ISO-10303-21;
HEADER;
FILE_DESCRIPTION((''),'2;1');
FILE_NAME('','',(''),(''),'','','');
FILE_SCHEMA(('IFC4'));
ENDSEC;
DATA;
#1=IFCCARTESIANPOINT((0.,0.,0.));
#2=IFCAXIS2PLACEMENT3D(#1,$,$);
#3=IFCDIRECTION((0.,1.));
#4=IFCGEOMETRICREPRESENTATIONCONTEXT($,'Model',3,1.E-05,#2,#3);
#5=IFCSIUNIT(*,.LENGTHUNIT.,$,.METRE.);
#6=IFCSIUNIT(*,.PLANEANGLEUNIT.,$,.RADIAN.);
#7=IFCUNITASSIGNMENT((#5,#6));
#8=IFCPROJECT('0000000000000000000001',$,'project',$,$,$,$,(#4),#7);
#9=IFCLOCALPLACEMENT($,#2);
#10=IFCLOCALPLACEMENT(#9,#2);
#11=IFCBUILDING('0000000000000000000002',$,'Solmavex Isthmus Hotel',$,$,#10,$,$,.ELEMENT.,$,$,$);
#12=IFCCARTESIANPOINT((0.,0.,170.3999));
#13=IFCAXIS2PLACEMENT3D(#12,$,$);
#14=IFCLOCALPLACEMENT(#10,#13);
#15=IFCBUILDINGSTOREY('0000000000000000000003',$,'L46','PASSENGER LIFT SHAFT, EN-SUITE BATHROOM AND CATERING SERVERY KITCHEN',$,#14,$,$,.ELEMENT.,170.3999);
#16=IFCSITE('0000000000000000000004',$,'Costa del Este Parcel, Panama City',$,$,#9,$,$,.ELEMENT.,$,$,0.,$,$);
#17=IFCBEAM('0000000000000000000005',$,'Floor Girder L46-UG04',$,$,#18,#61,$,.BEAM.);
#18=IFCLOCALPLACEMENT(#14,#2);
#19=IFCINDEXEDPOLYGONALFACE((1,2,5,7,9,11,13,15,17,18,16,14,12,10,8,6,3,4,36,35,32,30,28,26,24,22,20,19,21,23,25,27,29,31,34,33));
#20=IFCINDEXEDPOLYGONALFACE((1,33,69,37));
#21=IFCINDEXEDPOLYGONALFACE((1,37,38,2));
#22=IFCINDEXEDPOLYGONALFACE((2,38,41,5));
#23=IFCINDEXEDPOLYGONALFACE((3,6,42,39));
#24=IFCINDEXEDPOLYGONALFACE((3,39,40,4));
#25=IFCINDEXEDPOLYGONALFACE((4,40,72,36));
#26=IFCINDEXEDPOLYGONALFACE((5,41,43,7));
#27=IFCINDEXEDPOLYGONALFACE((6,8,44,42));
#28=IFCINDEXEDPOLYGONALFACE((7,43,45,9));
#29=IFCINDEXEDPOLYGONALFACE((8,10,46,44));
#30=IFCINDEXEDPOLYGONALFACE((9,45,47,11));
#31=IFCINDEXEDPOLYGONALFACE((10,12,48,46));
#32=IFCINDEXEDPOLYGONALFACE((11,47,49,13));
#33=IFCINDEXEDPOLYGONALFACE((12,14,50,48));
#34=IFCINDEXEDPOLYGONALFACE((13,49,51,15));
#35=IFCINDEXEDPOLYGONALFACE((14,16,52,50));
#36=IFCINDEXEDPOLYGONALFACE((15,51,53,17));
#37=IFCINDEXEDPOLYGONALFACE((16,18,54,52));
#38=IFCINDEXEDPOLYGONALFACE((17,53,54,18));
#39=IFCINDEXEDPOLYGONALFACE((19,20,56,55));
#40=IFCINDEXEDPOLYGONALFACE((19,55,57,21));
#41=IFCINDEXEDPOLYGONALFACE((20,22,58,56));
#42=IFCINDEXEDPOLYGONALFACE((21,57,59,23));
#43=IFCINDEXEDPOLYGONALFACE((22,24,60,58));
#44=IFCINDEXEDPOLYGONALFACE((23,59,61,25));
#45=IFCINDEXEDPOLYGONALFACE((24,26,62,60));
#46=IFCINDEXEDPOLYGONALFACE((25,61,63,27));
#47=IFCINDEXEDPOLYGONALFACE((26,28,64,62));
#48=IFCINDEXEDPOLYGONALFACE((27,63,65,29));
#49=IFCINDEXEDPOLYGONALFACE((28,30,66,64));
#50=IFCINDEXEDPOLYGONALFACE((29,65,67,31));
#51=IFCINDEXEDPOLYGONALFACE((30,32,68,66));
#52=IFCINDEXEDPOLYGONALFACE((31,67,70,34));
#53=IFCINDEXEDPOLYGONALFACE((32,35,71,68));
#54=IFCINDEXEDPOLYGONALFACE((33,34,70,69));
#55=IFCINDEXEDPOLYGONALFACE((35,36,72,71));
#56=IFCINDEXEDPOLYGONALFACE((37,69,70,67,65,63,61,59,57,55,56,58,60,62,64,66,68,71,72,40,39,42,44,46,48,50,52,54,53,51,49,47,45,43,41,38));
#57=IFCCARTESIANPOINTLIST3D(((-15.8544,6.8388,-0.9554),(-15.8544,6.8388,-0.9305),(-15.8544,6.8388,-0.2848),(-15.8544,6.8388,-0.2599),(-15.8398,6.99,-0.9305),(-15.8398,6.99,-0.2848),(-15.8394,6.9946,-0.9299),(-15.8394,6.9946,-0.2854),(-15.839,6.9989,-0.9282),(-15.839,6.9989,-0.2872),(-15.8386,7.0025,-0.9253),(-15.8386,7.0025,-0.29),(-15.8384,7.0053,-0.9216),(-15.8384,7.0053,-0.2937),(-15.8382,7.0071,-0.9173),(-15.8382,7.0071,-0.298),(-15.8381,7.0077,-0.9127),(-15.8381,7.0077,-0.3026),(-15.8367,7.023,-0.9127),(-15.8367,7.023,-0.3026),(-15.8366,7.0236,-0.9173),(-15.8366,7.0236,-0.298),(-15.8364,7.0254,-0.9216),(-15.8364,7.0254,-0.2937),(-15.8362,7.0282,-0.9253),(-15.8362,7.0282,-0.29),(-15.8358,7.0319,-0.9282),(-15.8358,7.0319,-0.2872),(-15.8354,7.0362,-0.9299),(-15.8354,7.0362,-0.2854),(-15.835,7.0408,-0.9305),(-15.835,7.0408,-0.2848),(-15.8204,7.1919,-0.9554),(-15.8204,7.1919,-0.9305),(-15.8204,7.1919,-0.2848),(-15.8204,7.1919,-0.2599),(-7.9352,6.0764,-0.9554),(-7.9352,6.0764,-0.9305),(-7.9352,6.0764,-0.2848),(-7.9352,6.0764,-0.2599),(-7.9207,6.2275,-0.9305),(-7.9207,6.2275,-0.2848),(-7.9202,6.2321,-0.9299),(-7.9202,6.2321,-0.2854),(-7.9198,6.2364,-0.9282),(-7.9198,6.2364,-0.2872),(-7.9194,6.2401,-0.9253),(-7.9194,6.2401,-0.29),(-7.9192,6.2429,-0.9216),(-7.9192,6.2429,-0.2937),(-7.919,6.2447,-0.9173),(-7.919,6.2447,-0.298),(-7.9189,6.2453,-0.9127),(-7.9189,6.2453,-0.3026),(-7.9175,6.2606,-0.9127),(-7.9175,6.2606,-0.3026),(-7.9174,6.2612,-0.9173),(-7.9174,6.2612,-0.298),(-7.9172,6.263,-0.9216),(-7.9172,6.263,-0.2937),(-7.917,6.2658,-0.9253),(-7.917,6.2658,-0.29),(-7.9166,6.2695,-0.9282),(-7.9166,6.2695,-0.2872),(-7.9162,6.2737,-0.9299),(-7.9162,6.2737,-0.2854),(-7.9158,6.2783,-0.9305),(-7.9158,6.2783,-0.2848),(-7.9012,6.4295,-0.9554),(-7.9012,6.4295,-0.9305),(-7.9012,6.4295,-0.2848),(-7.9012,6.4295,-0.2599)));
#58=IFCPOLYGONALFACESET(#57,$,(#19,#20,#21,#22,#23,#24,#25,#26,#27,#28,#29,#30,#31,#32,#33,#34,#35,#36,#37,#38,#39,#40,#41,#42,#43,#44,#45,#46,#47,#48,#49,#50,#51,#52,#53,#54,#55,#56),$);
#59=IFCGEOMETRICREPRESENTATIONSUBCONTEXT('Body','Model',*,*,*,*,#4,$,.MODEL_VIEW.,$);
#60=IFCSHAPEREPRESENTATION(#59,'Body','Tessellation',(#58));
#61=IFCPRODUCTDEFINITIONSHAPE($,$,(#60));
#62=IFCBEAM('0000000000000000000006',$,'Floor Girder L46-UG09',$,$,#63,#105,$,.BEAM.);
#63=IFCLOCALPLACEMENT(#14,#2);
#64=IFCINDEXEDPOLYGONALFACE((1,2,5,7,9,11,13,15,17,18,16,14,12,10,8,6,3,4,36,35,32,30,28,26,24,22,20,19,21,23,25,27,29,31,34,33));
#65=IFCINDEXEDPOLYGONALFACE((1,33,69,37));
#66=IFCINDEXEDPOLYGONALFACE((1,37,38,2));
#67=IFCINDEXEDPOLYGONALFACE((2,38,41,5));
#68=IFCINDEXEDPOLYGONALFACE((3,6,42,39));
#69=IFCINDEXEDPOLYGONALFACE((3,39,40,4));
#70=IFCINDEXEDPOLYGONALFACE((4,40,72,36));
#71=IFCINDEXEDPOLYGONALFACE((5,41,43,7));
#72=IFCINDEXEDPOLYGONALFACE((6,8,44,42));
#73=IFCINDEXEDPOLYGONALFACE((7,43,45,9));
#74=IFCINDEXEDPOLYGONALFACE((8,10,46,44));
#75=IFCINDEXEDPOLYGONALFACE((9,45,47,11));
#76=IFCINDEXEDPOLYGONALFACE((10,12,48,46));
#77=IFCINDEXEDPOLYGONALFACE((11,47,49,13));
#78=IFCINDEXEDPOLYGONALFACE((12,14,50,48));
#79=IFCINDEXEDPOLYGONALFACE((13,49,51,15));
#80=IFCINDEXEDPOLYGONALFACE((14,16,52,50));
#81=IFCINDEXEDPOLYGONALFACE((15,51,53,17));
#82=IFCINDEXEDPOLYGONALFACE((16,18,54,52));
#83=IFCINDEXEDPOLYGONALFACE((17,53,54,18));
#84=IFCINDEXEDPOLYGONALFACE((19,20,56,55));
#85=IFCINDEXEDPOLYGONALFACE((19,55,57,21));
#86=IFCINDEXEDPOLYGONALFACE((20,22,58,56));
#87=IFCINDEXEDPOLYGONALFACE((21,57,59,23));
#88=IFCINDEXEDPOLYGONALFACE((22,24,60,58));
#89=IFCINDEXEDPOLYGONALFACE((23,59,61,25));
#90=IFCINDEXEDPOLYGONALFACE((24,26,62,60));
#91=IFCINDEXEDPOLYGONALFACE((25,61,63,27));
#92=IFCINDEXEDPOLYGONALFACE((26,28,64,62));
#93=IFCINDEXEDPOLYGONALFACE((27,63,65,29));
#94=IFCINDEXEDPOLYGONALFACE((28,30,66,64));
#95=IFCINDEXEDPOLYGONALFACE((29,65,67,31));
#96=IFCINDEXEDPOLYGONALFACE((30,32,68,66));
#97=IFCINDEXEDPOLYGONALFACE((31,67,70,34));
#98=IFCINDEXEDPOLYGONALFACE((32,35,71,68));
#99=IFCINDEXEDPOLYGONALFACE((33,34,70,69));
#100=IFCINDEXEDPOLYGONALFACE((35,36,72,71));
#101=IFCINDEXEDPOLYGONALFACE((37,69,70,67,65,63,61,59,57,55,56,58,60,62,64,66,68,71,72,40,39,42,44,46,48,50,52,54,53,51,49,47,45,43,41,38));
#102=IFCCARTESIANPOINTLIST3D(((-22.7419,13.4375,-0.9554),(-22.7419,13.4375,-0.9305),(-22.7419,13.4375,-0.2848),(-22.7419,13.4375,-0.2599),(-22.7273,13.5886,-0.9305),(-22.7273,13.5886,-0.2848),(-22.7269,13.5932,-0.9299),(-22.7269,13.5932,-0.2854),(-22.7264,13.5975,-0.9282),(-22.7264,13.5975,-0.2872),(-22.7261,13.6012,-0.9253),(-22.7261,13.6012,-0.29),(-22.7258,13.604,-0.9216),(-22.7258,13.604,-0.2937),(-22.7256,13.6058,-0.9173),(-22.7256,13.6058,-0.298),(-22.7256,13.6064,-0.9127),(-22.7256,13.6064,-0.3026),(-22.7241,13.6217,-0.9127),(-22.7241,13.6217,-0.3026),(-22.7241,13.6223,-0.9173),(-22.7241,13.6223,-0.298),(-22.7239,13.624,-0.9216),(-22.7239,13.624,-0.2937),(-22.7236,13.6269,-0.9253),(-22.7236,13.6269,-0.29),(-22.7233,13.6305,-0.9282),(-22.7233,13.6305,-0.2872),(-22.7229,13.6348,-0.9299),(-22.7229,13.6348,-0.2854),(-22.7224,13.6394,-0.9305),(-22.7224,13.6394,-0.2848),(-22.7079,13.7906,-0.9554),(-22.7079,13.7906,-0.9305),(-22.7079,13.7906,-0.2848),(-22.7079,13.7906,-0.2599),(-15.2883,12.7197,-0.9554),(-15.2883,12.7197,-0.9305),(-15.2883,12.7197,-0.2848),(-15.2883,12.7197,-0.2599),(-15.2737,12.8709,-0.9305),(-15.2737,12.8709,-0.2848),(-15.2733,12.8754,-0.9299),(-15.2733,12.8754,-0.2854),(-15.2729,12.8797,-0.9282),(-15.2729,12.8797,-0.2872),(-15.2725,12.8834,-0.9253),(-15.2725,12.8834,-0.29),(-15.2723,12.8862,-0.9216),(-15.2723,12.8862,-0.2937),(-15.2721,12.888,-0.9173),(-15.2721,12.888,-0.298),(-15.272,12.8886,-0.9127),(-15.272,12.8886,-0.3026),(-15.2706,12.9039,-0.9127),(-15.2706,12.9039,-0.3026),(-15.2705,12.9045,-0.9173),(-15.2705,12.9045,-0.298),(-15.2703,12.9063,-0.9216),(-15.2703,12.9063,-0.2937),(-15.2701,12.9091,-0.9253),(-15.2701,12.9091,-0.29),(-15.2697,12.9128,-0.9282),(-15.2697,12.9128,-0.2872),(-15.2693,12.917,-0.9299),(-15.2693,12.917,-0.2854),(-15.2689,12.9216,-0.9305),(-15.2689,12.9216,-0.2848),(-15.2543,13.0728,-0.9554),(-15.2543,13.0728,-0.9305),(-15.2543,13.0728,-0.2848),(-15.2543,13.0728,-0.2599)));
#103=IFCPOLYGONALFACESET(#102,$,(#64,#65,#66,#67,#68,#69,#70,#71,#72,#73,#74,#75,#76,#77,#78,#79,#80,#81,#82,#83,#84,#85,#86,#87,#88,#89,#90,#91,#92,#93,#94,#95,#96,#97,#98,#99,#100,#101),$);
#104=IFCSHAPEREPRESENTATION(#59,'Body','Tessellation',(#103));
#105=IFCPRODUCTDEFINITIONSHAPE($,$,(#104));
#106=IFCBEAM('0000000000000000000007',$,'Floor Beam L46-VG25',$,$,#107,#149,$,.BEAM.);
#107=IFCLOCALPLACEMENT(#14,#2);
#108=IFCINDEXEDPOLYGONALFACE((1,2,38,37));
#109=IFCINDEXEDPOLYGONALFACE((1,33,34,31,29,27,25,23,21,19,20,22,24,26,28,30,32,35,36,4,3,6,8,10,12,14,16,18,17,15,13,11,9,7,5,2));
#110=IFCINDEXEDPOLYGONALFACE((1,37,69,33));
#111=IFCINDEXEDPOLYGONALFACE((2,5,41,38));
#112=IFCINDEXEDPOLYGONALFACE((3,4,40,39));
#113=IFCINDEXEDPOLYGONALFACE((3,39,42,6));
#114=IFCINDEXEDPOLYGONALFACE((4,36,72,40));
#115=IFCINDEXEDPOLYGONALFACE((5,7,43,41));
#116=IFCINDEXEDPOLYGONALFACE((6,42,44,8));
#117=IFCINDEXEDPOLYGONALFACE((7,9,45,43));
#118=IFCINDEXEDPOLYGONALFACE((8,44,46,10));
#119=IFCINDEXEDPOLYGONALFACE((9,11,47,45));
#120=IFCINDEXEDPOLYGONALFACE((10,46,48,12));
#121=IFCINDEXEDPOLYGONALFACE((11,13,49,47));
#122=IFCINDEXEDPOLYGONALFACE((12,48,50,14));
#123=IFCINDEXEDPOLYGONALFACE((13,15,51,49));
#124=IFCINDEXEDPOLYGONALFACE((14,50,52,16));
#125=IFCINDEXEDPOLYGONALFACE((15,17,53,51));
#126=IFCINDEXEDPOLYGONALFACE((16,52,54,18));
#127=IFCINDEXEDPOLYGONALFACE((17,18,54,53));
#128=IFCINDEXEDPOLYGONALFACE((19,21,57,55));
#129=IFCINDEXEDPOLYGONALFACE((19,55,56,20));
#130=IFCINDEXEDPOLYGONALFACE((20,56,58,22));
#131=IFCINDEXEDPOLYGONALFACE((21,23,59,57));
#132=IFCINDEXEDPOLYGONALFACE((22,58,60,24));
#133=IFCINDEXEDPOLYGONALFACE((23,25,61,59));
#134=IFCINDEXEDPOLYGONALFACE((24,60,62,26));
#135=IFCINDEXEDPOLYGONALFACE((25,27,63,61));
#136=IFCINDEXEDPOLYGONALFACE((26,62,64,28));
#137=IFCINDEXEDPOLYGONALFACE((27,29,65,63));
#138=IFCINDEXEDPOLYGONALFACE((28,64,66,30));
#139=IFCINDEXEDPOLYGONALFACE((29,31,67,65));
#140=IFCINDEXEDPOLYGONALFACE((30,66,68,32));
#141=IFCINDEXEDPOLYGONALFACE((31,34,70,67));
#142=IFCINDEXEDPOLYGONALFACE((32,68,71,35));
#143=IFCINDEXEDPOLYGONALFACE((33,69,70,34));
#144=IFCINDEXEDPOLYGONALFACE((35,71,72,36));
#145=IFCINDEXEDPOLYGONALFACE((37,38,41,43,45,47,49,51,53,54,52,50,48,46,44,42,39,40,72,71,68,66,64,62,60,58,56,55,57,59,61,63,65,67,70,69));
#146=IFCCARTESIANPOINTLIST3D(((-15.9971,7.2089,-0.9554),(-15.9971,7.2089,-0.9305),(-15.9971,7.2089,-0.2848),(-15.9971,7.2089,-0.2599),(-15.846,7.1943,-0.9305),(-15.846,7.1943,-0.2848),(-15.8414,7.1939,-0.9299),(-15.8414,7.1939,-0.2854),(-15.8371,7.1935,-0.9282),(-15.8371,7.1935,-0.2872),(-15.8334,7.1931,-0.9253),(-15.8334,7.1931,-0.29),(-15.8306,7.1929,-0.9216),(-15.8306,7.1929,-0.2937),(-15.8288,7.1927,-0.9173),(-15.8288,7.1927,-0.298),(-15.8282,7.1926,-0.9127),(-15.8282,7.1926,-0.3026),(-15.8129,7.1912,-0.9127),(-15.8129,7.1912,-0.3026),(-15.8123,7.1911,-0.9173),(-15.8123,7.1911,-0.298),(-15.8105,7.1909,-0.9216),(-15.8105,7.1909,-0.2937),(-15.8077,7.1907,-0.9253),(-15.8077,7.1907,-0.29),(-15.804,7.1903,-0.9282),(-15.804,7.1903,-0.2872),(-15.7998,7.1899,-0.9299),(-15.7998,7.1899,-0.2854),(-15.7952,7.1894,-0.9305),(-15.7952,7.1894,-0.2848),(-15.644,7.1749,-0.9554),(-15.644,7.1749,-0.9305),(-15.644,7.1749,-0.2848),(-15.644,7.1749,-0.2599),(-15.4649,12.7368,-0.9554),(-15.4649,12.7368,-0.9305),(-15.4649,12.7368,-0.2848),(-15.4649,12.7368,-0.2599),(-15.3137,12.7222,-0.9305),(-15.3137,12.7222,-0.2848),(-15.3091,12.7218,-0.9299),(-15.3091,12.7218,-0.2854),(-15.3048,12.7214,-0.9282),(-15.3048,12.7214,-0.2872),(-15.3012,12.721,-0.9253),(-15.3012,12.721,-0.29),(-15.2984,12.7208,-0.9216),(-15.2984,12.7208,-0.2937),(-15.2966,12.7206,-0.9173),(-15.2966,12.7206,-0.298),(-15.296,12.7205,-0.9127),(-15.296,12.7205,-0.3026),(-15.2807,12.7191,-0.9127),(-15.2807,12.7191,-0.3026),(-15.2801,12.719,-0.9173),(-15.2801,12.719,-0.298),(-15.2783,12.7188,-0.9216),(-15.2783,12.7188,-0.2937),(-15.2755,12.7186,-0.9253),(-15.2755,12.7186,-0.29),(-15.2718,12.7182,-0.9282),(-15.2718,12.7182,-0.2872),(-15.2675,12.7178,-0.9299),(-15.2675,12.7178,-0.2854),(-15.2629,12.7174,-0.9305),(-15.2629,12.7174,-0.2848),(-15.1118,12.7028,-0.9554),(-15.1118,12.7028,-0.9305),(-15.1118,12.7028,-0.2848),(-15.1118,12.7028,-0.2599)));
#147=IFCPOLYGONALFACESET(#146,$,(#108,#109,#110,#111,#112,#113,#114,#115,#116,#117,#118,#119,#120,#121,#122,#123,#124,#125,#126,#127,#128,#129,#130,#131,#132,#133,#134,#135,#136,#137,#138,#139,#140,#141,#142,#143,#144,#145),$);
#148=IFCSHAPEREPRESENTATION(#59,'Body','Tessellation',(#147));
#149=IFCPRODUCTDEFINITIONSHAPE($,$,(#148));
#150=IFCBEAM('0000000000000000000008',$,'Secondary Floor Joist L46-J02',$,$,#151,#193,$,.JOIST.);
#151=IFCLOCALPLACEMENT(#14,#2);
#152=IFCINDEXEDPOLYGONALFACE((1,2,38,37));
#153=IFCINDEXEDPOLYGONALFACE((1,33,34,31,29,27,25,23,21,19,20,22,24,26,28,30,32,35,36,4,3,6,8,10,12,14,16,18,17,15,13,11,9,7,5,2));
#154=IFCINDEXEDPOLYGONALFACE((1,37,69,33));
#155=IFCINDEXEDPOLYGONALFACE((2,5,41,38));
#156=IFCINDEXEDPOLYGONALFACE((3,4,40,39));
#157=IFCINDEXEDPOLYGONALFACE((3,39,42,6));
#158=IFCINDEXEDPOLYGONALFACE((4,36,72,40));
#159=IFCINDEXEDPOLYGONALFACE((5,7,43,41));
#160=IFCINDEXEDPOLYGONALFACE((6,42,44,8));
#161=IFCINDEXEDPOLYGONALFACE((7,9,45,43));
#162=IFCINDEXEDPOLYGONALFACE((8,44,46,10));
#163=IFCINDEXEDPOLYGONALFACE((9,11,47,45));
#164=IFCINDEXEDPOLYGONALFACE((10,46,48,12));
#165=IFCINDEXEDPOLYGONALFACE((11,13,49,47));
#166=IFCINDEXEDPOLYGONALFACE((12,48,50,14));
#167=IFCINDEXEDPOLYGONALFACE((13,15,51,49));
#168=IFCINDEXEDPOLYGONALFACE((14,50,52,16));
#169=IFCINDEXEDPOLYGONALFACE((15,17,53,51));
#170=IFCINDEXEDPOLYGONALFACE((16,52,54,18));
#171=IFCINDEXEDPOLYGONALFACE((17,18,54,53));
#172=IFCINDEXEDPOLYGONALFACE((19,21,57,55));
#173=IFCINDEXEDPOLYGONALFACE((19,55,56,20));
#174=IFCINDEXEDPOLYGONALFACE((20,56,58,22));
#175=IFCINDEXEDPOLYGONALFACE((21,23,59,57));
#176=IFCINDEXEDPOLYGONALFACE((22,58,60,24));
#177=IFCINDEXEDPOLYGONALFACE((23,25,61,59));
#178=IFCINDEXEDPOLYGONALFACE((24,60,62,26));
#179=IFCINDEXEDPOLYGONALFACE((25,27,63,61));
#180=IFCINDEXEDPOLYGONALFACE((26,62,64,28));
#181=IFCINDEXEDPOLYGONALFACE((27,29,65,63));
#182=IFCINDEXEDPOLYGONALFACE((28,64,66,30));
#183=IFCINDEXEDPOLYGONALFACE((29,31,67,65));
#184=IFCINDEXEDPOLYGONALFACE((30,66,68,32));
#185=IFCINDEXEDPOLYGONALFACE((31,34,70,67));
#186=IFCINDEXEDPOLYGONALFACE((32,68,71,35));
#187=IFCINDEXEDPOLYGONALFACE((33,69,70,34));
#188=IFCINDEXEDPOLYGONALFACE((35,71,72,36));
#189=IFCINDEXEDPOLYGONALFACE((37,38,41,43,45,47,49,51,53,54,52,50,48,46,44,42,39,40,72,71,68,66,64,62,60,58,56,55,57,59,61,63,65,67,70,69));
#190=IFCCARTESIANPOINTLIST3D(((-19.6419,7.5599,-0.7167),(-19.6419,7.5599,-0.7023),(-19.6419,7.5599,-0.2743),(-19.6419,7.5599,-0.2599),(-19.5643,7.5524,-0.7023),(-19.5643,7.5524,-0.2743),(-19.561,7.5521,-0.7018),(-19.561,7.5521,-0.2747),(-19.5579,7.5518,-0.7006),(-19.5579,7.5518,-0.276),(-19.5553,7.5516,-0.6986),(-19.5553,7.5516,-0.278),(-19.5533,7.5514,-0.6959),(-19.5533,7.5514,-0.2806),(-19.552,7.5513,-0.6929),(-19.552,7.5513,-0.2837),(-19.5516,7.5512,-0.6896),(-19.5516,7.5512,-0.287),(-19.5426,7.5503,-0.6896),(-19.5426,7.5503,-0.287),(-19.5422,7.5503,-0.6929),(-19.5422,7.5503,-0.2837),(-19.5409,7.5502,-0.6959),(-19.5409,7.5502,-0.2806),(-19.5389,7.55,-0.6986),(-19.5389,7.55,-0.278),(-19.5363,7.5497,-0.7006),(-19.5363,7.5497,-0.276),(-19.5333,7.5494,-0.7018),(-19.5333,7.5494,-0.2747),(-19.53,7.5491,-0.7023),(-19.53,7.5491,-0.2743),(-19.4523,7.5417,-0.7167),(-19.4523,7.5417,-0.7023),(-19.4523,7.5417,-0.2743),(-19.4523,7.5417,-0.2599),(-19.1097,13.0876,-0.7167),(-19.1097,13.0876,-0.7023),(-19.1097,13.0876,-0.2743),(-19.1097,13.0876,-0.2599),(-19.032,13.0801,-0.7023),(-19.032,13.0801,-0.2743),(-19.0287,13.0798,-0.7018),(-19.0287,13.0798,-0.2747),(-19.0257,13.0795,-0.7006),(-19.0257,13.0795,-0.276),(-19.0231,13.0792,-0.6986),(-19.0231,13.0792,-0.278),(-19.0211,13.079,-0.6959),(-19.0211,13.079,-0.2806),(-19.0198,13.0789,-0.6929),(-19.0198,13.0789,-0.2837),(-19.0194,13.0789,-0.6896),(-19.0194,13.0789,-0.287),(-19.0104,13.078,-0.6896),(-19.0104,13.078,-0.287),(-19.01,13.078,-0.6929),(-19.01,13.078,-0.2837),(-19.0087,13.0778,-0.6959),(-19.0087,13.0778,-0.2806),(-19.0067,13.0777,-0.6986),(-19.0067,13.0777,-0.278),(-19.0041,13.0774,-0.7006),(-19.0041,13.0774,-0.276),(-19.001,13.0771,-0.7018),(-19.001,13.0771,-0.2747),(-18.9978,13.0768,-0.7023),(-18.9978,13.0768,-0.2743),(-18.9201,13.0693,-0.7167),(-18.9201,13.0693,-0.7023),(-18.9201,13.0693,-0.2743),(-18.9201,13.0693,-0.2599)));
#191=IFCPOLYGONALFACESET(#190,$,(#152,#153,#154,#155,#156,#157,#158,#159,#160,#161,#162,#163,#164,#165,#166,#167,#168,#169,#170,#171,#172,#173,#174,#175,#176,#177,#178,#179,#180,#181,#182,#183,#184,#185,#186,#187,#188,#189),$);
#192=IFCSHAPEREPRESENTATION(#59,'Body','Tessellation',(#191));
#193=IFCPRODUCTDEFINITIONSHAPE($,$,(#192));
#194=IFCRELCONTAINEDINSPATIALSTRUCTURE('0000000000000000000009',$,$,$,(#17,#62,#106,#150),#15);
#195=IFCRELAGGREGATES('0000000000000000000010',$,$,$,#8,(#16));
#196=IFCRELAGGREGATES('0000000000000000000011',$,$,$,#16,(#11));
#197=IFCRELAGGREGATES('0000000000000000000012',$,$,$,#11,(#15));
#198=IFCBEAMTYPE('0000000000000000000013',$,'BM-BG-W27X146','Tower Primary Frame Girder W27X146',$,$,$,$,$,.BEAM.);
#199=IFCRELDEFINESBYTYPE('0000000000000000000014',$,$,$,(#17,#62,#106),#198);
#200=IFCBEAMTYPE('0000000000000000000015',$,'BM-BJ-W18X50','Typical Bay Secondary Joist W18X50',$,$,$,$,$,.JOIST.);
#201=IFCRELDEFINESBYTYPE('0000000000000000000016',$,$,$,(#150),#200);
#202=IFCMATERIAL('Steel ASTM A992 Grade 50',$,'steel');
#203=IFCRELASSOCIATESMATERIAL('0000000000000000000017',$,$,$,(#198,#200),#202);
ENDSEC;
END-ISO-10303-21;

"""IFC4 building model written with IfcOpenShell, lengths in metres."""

from ifc_helpers import new_model, si_unit, direction, frame, origin, origin_2d, place, context, subcontext, project, spatial, i_section, extrude, material, material_profile, profile_set, type_object, element, save


model = new_model("IFC4")

# Units and contexts
model_context = context("Model", 3, precision=1e-05, world=origin(), true_north=direction((0.0, 1.0)))
body_context = subcontext(model_context, "Body", "Model", "MODEL_VIEW")
ifc_project = project(units=[si_unit("LENGTHUNIT", "METRE"), si_unit("PLANEANGLEUNIT", "RADIAN")], contexts=[model_context])

# Site, building, storey
site_placement = place(None, origin())
site = spatial("IfcSite", under=ifc_project, at=site_placement, Name="Costa del Este Parcel, Panama City", CompositionType="ELEMENT", RefElevation=0.0)
building_placement = place(site_placement, origin())
building = spatial("IfcBuilding", under=site, at=building_placement, Name="Solmavex Isthmus Hotel", CompositionType="ELEMENT")
storey_placement = place(building_placement, frame((0.0, 0.0, 170.3999)))
storey = spatial("IfcBuildingStorey", under=building, at=storey_placement, Name="L46", Description="PASSENGER LIFT SHAFT, EN-SUITE BATHROOM AND CATERING SERVERY KITCHEN", CompositionType="ELEMENT", Elevation=170.3999)

# Beams
ifc_material_1 = material(Name="Steel ASTM A992 Grade 50", Category="steel")
ifc_material_profile_1 = material_profile(ifc_material_1, i_section(OverallWidth=0.3547, OverallDepth=0.6956, WebThickness=0.0154, FlangeThickness=0.0249, FilletRadius=0.0178, at=origin_2d()), Name="W27X146")
ifc_profile_set_1 = profile_set([ifc_material_profile_1], Name="Steel ASTM A992 Grade 50")
beam_type_1 = type_object("IfcBeamType", Name="BM-BG-W27X146", Description="Tower Primary Frame Girder W27X146", PredefinedType="BEAM", material=ifc_profile_set_1)
beam_1_placement = place(storey_placement, frame((-15.8374, 7.0154, -0.6077), z_axis=(0.995397, -0.095836, 0.0), x_axis=(0.095836, 0.995397, 0.0)))
element("IfcBeam", 1, at=beam_1_placement, inside=storey, type_object=beam_type_1, Name="Floor Girder L46-UG04", PredefinedType="BEAM", context=body_context, shape_type="SweptSolid", body=[
    extrude(i_section(OverallWidth=0.3547, OverallDepth=0.6956, WebThickness=0.0154, FlangeThickness=0.0249, FilletRadius=0.0178, at=origin_2d()), origin(), (0.0, 0.0, 1.0), 7.9558),
])
beam_2_placement = place(storey_placement, frame((-22.7249, 13.614, -0.6077), z_axis=(0.995395, -0.095855, 0.0), x_axis=(0.095855, 0.995395, 0.0)))
element("IfcBeam", 2, at=beam_2_placement, inside=storey, type_object=beam_type_1, Name="Floor Girder L46-UG09", PredefinedType="BEAM", context=body_context, shape_type="SweptSolid", body=[
    extrude(i_section(OverallWidth=0.3547, OverallDepth=0.6956, WebThickness=0.0154, FlangeThickness=0.0249, FilletRadius=0.0178, at=origin_2d()), origin(), (0.0, 0.0, 1.0), 7.488),
])
beam_3_placement = place(storey_placement, frame((-15.8206, 7.1919, -0.6077), z_axis=(0.095838, 0.995397, 0.0), x_axis=(-0.995397, 0.095838, 0.0)))
element("IfcBeam", 3, at=beam_3_placement, inside=storey, type_object=beam_type_1, Name="Floor Beam L46-VG25", PredefinedType="BEAM", context=body_context, shape_type="SweptSolid", body=[
    extrude(i_section(OverallWidth=0.3547, OverallDepth=0.6956, WebThickness=0.0154, FlangeThickness=0.0249, FilletRadius=0.0178, at=origin_2d()), origin(), (0.0, 0.0, 1.0), 5.5535),
])
ifc_material_profile_2 = material_profile(ifc_material_1, i_section(OverallWidth=0.1904, OverallDepth=0.4568, WebThickness=0.009, FlangeThickness=0.0144, FilletRadius=0.0127, at=origin_2d()), Name="W18X50")
ifc_profile_set_2 = profile_set([ifc_material_profile_2], Name="Steel ASTM A992 Grade 50")
beam_type_2 = type_object("IfcBeamType", Name="BM-BJ-W18X50", Description="Typical Bay Secondary Joist W18X50", PredefinedType="JOIST", material=ifc_profile_set_2)
beam_4_placement = place(storey_placement, frame((-19.5471, 7.5508, -0.4883), z_axis=(0.095842, 0.995397, 0.0), x_axis=(-0.995397, 0.095842, 0.0)))
element("IfcBeam", 4, at=beam_4_placement, inside=storey, type_object=beam_type_2, Name="Secondary Floor Joist L46-J02", PredefinedType="JOIST", context=body_context, shape_type="SweptSolid", body=[
    extrude(i_section(OverallWidth=0.1904, OverallDepth=0.4568, WebThickness=0.009, FlangeThickness=0.0144, FilletRadius=0.0127, at=origin_2d()), origin(), (0.0, 0.0, 1.0), 5.5532),
])

save(model, "model.ifc")
